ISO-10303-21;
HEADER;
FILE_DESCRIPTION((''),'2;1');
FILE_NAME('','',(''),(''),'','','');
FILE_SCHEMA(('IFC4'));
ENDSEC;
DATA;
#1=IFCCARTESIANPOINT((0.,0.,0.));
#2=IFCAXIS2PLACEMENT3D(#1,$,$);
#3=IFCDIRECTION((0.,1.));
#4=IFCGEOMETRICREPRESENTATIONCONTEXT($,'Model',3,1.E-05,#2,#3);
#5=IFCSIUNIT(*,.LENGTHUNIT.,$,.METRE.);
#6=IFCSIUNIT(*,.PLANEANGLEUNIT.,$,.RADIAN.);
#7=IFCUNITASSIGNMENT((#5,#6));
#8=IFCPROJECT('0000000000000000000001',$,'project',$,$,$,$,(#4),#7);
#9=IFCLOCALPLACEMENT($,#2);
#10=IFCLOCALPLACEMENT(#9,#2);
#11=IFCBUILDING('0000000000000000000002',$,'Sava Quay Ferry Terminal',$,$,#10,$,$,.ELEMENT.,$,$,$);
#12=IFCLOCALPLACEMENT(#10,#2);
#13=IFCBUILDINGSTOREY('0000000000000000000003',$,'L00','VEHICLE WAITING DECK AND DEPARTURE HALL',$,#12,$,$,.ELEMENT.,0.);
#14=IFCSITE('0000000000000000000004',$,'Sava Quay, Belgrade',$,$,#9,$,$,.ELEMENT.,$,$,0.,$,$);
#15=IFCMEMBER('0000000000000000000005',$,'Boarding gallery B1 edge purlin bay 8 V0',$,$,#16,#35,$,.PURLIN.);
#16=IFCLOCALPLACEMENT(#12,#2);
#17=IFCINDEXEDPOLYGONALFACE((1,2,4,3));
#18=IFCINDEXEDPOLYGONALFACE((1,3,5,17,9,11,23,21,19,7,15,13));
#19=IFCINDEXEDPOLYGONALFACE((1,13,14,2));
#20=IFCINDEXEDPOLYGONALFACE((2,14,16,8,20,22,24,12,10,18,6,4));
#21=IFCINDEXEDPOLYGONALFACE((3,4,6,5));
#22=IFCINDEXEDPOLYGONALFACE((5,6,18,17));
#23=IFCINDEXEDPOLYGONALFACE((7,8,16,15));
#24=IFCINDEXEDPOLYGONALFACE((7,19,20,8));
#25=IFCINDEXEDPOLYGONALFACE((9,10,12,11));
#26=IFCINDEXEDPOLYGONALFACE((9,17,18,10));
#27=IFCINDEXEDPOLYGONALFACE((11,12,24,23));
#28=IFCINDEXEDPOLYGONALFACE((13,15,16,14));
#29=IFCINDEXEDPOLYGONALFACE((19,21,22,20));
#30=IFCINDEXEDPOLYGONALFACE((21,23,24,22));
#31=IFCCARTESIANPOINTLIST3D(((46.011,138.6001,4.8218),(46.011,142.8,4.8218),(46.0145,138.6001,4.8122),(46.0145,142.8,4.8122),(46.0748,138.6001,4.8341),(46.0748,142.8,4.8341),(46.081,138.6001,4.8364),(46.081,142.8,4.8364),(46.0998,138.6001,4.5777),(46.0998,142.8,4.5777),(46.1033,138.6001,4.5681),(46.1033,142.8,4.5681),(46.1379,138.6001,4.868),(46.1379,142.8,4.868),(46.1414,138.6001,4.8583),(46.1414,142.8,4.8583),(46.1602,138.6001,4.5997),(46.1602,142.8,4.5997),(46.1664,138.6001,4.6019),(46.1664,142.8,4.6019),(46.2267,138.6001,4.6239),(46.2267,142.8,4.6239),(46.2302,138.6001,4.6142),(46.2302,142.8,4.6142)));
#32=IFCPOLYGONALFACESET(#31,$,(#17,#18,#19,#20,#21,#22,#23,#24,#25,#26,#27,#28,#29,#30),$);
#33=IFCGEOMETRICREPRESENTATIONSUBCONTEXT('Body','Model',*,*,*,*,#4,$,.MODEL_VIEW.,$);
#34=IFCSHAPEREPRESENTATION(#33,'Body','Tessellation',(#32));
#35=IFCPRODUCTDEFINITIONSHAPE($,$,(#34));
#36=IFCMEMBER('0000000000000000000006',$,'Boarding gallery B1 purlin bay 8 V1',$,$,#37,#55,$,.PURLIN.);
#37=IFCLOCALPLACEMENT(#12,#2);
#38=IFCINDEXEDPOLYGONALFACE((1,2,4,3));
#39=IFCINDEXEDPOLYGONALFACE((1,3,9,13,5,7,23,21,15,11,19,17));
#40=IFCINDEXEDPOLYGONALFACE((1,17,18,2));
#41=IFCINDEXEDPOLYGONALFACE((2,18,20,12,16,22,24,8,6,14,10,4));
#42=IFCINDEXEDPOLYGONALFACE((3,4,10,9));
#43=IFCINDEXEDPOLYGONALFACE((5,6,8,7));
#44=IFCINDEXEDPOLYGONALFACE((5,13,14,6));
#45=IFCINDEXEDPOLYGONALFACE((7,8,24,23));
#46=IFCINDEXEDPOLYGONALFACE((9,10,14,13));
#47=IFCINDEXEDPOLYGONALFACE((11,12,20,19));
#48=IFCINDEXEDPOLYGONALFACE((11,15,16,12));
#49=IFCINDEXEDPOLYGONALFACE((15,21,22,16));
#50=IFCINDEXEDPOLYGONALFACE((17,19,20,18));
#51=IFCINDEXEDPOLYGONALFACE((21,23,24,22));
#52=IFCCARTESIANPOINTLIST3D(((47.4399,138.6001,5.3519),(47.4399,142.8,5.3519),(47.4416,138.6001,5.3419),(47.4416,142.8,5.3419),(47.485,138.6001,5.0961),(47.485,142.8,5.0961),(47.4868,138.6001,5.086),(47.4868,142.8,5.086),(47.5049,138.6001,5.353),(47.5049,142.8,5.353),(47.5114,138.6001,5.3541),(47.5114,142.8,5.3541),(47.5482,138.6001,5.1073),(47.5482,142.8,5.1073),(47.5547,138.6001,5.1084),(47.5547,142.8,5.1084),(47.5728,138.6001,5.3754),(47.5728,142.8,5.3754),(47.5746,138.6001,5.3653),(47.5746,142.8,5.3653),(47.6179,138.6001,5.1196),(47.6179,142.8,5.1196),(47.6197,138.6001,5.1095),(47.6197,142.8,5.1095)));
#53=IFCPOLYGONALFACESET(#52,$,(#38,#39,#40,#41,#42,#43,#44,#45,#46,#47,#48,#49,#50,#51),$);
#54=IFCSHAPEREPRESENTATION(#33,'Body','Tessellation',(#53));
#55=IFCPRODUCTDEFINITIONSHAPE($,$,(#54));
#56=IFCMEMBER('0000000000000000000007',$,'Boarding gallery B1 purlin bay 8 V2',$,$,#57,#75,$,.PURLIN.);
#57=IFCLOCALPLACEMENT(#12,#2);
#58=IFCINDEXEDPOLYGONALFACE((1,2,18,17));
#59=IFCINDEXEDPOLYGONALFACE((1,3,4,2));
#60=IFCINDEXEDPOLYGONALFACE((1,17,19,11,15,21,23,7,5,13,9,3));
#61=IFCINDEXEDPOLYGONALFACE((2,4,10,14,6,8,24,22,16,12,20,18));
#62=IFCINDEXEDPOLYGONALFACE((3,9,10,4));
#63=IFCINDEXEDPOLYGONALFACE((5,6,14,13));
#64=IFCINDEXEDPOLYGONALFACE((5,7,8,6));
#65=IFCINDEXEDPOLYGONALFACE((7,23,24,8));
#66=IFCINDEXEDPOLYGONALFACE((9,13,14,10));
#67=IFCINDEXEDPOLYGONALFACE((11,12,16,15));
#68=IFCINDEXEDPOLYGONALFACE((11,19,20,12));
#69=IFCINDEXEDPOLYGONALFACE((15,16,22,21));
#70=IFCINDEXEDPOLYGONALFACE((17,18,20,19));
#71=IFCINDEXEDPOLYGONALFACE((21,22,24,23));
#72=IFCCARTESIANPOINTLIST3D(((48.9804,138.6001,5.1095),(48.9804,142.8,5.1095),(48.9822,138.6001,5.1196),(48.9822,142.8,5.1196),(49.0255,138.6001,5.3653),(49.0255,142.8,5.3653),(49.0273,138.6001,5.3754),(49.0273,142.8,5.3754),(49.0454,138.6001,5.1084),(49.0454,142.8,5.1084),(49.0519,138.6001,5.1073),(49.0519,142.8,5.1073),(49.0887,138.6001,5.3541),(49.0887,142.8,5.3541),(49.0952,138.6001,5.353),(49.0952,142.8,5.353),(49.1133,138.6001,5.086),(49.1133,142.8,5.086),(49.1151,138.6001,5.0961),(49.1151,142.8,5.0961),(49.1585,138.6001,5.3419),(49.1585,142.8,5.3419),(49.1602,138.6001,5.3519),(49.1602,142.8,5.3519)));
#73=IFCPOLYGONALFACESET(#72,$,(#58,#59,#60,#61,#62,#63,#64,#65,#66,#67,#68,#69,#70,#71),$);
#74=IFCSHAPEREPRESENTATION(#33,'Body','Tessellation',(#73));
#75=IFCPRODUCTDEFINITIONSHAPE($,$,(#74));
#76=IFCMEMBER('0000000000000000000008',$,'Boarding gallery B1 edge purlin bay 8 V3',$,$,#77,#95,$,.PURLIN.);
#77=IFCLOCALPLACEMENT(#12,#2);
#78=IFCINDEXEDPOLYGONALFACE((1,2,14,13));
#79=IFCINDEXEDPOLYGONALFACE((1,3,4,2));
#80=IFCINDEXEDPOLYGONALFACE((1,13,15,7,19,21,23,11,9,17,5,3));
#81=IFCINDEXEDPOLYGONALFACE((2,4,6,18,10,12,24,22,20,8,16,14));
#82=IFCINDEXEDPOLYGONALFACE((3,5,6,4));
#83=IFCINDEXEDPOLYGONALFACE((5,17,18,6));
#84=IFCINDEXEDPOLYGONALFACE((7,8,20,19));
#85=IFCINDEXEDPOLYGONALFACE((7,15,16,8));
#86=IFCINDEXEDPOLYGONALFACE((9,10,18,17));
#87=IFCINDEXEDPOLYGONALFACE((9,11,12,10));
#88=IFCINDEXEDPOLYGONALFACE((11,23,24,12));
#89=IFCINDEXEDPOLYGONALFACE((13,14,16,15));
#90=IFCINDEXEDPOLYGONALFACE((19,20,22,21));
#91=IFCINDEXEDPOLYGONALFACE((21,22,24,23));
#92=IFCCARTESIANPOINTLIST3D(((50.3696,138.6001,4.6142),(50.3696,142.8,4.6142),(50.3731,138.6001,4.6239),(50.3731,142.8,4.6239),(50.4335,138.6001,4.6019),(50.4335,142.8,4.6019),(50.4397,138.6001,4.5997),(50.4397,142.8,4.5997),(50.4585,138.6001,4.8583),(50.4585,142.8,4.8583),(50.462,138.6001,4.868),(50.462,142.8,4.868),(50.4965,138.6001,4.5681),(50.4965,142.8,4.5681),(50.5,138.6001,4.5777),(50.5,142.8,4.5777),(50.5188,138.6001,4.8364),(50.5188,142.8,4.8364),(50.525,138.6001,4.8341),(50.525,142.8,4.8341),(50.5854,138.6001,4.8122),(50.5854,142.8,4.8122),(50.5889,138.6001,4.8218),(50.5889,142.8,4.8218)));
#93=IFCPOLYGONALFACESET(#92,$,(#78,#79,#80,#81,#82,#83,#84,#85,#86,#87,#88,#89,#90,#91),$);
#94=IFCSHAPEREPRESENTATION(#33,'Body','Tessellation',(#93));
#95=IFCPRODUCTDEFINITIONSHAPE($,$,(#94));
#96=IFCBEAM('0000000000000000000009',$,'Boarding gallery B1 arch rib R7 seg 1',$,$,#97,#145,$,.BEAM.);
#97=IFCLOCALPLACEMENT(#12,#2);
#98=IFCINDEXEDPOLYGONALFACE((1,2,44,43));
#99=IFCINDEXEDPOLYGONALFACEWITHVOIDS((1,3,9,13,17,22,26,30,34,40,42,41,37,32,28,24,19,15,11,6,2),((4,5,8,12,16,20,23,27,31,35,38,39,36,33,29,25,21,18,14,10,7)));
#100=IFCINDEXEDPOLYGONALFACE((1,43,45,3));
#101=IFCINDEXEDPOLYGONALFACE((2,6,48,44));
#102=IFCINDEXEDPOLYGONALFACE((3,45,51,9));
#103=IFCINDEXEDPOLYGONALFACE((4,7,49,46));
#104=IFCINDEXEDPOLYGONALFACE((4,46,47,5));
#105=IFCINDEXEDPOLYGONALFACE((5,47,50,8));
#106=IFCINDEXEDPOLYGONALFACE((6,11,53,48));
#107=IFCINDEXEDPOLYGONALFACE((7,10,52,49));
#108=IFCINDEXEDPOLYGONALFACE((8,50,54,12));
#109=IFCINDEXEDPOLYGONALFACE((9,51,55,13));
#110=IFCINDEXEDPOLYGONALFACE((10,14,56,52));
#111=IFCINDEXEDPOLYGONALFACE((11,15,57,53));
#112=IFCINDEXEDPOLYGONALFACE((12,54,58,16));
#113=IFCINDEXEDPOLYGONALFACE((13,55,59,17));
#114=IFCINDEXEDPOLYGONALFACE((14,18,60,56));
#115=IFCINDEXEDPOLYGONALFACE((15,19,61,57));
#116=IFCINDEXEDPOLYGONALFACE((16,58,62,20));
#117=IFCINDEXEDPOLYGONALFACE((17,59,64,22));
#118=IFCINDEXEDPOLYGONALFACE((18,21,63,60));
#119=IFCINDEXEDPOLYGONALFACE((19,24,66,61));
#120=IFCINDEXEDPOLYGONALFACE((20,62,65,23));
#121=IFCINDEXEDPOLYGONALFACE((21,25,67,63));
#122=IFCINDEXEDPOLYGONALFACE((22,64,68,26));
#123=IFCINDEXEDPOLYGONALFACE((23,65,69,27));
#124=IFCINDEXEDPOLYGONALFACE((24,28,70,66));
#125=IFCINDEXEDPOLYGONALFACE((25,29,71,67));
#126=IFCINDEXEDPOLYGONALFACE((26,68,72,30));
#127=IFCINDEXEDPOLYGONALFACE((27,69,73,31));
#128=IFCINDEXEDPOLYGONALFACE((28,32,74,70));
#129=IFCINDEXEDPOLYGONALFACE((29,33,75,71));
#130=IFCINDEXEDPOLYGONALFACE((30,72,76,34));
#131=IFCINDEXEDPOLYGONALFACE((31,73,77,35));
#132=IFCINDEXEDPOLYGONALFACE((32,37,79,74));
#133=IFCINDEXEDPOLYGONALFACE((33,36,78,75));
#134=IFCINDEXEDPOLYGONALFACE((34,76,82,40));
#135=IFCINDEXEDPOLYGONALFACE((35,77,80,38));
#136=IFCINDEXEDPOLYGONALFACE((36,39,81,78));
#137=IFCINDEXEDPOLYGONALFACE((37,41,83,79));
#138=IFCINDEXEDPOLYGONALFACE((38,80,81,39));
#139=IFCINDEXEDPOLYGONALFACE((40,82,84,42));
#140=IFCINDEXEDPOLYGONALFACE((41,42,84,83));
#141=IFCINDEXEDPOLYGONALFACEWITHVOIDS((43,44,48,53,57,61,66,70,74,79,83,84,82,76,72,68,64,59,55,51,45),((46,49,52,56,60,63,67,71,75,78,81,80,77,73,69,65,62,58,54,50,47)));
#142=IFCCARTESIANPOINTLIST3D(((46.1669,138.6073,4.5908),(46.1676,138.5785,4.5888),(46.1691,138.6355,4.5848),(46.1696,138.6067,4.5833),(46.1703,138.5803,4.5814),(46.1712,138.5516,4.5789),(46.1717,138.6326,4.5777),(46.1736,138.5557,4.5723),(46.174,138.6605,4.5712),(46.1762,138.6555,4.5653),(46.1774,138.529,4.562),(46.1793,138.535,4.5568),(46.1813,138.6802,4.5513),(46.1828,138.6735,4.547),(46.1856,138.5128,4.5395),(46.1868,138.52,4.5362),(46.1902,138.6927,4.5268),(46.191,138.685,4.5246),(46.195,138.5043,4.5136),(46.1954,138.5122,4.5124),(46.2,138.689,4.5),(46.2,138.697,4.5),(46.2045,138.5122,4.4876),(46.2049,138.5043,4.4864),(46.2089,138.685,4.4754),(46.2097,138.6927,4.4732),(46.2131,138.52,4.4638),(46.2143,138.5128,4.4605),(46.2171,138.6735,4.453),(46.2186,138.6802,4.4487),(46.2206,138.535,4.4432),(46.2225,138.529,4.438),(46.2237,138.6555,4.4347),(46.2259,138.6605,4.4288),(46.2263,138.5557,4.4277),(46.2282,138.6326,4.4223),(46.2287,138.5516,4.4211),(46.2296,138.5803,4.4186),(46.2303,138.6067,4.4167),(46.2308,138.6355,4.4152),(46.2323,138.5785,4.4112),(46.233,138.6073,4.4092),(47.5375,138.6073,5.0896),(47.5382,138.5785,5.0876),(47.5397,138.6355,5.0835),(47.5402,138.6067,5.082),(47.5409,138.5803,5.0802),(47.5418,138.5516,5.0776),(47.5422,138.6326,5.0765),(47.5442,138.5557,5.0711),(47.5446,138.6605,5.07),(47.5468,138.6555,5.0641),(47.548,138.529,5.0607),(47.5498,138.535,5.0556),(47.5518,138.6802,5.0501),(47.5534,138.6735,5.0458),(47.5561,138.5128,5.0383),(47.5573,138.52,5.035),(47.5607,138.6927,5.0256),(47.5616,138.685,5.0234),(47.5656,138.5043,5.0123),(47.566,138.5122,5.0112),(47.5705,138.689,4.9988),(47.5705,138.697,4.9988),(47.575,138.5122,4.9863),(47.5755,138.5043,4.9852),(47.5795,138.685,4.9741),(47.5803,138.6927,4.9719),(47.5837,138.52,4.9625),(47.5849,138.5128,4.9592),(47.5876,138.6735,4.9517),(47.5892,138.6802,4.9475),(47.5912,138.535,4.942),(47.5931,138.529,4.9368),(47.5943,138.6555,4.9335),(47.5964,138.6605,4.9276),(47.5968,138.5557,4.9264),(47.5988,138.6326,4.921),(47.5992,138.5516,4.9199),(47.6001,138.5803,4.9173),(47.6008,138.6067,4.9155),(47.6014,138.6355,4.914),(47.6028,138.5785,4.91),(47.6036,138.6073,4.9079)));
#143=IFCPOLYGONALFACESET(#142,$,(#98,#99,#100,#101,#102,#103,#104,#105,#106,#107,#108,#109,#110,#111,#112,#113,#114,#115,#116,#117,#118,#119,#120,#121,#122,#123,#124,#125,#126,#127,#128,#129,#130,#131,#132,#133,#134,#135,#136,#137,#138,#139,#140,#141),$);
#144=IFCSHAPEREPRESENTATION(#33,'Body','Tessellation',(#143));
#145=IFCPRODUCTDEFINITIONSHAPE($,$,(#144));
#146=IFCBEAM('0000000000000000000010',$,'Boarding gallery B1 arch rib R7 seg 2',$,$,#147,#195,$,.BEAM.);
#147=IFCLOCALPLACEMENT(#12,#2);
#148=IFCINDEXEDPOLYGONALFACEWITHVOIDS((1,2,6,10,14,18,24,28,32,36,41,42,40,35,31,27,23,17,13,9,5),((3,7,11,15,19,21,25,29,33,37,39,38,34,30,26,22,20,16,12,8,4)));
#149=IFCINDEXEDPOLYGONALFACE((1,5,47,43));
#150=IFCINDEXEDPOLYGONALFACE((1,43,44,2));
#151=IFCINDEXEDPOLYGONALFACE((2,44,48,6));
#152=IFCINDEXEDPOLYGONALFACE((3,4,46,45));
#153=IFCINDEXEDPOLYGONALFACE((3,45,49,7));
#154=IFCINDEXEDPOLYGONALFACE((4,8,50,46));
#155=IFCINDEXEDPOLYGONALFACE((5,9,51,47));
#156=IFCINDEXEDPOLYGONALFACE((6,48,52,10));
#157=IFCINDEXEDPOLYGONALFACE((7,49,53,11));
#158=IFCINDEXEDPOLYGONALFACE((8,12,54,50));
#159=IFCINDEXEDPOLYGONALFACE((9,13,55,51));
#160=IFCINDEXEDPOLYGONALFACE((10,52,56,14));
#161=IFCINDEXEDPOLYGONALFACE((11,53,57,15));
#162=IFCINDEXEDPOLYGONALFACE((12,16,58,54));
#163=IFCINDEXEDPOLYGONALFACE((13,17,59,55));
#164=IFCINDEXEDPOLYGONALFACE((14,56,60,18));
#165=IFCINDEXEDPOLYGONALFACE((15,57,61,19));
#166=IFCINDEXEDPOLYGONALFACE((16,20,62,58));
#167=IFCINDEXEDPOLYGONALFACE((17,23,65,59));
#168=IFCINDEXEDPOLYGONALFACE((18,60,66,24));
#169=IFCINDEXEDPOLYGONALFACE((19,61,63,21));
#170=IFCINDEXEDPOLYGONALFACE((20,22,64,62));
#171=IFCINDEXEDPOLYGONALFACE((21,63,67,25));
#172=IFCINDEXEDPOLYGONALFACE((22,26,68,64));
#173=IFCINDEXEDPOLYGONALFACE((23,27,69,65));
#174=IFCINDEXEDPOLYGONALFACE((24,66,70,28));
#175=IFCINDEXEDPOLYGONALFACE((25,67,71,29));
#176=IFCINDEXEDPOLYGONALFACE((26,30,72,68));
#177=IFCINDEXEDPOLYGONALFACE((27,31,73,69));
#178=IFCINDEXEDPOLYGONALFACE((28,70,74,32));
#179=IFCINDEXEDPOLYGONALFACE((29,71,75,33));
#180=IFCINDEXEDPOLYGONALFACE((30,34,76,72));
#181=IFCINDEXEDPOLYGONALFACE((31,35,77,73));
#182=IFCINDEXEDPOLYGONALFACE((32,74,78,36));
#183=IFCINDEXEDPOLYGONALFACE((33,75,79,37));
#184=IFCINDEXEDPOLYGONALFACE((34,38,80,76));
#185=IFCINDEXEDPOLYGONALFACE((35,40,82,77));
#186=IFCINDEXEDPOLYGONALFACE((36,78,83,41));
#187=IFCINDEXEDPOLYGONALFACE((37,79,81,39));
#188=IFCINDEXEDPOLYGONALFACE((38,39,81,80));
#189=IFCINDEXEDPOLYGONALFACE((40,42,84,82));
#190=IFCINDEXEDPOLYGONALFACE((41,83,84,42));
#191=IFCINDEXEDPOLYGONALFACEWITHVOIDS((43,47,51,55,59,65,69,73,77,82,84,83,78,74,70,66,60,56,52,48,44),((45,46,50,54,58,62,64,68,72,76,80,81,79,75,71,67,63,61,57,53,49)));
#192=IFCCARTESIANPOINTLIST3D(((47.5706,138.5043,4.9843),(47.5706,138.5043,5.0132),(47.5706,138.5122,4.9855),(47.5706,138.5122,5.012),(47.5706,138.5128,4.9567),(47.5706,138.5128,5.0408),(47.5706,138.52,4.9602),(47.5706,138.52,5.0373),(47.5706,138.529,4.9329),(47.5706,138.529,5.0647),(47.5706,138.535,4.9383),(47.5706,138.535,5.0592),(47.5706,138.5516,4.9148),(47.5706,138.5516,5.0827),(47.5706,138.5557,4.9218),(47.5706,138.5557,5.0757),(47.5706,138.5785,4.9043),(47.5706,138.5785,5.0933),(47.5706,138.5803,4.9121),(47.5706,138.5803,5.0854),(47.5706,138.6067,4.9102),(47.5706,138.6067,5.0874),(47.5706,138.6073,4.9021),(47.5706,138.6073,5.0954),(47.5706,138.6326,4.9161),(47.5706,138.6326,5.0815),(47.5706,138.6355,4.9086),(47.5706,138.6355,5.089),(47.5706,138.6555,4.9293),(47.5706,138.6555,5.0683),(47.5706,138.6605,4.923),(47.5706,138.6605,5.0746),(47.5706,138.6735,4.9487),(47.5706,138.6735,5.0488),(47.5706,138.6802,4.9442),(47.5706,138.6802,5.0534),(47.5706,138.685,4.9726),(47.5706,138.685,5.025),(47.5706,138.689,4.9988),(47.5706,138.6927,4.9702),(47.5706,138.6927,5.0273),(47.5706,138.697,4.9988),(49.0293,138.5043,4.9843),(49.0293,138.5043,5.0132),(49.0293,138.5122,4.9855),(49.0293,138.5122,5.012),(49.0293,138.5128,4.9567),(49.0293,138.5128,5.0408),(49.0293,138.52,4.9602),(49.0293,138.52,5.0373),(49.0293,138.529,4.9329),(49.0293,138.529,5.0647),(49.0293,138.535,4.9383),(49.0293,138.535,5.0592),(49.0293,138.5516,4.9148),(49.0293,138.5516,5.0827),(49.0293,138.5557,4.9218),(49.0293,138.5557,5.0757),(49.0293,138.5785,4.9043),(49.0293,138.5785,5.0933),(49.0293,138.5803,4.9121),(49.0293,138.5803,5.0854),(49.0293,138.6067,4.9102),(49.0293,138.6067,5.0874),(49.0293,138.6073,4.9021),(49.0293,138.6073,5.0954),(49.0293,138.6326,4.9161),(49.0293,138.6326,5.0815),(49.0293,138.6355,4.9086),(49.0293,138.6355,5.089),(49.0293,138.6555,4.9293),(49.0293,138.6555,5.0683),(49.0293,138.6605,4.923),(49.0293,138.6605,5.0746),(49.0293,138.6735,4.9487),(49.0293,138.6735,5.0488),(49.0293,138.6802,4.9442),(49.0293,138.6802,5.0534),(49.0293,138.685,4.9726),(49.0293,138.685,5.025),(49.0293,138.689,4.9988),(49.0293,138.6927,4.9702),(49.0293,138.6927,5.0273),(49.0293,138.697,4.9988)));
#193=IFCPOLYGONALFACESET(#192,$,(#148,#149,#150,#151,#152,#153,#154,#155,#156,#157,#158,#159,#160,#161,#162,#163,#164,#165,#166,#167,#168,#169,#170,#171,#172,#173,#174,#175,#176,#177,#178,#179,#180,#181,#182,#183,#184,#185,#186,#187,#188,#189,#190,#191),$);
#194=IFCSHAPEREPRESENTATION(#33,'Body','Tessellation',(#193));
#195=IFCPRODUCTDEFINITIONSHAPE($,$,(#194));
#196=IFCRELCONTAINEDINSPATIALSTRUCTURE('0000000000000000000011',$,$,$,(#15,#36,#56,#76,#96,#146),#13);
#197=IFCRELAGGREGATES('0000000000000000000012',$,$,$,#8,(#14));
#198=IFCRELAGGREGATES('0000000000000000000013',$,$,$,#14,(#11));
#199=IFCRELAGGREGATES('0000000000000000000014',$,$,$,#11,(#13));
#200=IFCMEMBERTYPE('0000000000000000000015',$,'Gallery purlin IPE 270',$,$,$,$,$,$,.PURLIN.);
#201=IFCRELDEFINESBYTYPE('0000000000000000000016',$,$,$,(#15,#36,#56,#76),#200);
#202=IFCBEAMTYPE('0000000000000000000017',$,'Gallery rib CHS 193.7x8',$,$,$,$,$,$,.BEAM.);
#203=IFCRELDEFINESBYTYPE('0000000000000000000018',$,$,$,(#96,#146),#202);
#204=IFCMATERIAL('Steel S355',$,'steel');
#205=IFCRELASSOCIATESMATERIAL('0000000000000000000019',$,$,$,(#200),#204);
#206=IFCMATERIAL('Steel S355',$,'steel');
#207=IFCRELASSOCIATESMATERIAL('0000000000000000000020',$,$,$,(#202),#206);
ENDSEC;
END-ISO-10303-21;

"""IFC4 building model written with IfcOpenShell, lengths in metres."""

from ifc_helpers import new_model, si_unit, direction, frame, origin, origin_2d, place, context, subcontext, project, spatial, hollow_circle, i_section, extrude, material, material_profile, profile_set, type_object, element, save


model = new_model("IFC4")

# Units and contexts
model_context = context("Model", 3, precision=1e-05, world=origin(), true_north=direction((0.0, 1.0)))
body_context = subcontext(model_context, "Body", "Model", "MODEL_VIEW")
ifc_project = project(units=[si_unit("LENGTHUNIT", "METRE"), si_unit("PLANEANGLEUNIT", "RADIAN")], contexts=[model_context])

# Site, building, storey
site_placement = place(None, origin())
site = spatial("IfcSite", under=ifc_project, at=site_placement, Name="Sava Quay, Belgrade", CompositionType="ELEMENT", RefElevation=0.0)
building_placement = place(site_placement, origin())
building = spatial("IfcBuilding", under=site, at=building_placement, Name="Sava Quay Ferry Terminal", CompositionType="ELEMENT")
storey_placement = place(building_placement, origin())
storey = spatial("IfcBuildingStorey", under=building, at=storey_placement, Name="L00", Description="VEHICLE WAITING DECK AND DEPARTURE HALL", CompositionType="ELEMENT", Elevation=0.0)

# Members
ifc_material_1 = material(Name="Steel S355", Category="steel")
ifc_material_profile_1 = material_profile(ifc_material_1, i_section(OverallWidth=0.135, OverallDepth=0.27, WebThickness=0.0066, FlangeThickness=0.0103, at=origin_2d()), Name="IPE 270")
ifc_profile_set_1 = profile_set([ifc_material_profile_1], Name="Steel S355")
member_type_1 = type_object("IfcMemberType", Name="Gallery purlin IPE 270", PredefinedType="PURLIN", material=ifc_profile_set_1)
for number, where, z_axis, x_axis, name in (
    (1, (46.1206, 138.6001, 4.718), (0.0, 1.0, 0.0), (-0.939693, 0.0, -0.34202), "Boarding gallery B1 edge purlin bay 8 V0"),
    (2, (47.5298, 138.6001, 5.2307), (0.0, 1.0, 0.0), (-0.984808, 0.0, -0.173648), "Boarding gallery B1 purlin bay 8 V1"),
    (3, (49.0703, 138.6001, 5.2307), (0.0, 1.0, 0.0), (-0.984808, 0.0, 0.173648), "Boarding gallery B1 purlin bay 8 V2"),
    (4, (50.4792, 138.6001, 4.718), (0.0, 1.0, 0.0), (-0.939693, 0.0, 0.34202), "Boarding gallery B1 edge purlin bay 8 V3"),
):
    element("IfcMember", number, at=place(storey_placement, frame(where, z_axis=z_axis, x_axis=x_axis)), inside=storey, type_object=member_type_1, Name=name, PredefinedType="PURLIN", context=body_context, shape_type="SweptSolid", body=[
        extrude(i_section(OverallWidth=0.135, OverallDepth=0.27, WebThickness=0.0066, FlangeThickness=0.0103, at=origin_2d()), origin(), (0.0, 0.0, 1.0), 4.2),
    ])

# Beams
ifc_material_2 = material(Name="Steel S355", Category="steel")
ifc_material_profile_2 = material_profile(ifc_material_2, hollow_circle(Radius=0.0969, WallThickness=0.0081, at=origin_2d()), Name="CHS 193.7 x 8.0")
ifc_profile_set_2 = profile_set([ifc_material_profile_2], Name="Steel S355")
beam_type_1 = type_object("IfcBeamType", Name="Gallery rib CHS 193.7x8", PredefinedType="BEAM", material=ifc_profile_set_2)
beam_1_placement = place(storey_placement, frame((46.2, 138.6001, 4.5), z_axis=(0.93971, 0.0, 0.341972), x_axis=(0.0, 1.0, 0.0)))
element("IfcBeam", 5, at=beam_1_placement, inside=storey, type_object=beam_type_1, Name="Boarding gallery B1 arch rib R7 seg 1", PredefinedType="BEAM", context=body_context, shape_type="SweptSolid", body=[
    extrude(hollow_circle(Radius=0.0969, WallThickness=0.0081, at=origin_2d()), origin(), (0.0, 0.0, 1.0), 1.4585),
])
beam_2_placement = place(storey_placement, frame((47.5706, 138.6001, 4.9988), z_axis=(1.0, 0.0, 0.0), x_axis=(0.0, 1.0, 0.0)))
element("IfcBeam", 6, at=beam_2_placement, inside=storey, type_object=beam_type_1, Name="Boarding gallery B1 arch rib R7 seg 2", PredefinedType="BEAM", context=body_context, shape_type="SweptSolid", body=[
    extrude(hollow_circle(Radius=0.0969, WallThickness=0.0081, at=origin_2d()), origin(), (0.0, 0.0, 1.0), 1.4587),
])

save(model, "model.ifc")
